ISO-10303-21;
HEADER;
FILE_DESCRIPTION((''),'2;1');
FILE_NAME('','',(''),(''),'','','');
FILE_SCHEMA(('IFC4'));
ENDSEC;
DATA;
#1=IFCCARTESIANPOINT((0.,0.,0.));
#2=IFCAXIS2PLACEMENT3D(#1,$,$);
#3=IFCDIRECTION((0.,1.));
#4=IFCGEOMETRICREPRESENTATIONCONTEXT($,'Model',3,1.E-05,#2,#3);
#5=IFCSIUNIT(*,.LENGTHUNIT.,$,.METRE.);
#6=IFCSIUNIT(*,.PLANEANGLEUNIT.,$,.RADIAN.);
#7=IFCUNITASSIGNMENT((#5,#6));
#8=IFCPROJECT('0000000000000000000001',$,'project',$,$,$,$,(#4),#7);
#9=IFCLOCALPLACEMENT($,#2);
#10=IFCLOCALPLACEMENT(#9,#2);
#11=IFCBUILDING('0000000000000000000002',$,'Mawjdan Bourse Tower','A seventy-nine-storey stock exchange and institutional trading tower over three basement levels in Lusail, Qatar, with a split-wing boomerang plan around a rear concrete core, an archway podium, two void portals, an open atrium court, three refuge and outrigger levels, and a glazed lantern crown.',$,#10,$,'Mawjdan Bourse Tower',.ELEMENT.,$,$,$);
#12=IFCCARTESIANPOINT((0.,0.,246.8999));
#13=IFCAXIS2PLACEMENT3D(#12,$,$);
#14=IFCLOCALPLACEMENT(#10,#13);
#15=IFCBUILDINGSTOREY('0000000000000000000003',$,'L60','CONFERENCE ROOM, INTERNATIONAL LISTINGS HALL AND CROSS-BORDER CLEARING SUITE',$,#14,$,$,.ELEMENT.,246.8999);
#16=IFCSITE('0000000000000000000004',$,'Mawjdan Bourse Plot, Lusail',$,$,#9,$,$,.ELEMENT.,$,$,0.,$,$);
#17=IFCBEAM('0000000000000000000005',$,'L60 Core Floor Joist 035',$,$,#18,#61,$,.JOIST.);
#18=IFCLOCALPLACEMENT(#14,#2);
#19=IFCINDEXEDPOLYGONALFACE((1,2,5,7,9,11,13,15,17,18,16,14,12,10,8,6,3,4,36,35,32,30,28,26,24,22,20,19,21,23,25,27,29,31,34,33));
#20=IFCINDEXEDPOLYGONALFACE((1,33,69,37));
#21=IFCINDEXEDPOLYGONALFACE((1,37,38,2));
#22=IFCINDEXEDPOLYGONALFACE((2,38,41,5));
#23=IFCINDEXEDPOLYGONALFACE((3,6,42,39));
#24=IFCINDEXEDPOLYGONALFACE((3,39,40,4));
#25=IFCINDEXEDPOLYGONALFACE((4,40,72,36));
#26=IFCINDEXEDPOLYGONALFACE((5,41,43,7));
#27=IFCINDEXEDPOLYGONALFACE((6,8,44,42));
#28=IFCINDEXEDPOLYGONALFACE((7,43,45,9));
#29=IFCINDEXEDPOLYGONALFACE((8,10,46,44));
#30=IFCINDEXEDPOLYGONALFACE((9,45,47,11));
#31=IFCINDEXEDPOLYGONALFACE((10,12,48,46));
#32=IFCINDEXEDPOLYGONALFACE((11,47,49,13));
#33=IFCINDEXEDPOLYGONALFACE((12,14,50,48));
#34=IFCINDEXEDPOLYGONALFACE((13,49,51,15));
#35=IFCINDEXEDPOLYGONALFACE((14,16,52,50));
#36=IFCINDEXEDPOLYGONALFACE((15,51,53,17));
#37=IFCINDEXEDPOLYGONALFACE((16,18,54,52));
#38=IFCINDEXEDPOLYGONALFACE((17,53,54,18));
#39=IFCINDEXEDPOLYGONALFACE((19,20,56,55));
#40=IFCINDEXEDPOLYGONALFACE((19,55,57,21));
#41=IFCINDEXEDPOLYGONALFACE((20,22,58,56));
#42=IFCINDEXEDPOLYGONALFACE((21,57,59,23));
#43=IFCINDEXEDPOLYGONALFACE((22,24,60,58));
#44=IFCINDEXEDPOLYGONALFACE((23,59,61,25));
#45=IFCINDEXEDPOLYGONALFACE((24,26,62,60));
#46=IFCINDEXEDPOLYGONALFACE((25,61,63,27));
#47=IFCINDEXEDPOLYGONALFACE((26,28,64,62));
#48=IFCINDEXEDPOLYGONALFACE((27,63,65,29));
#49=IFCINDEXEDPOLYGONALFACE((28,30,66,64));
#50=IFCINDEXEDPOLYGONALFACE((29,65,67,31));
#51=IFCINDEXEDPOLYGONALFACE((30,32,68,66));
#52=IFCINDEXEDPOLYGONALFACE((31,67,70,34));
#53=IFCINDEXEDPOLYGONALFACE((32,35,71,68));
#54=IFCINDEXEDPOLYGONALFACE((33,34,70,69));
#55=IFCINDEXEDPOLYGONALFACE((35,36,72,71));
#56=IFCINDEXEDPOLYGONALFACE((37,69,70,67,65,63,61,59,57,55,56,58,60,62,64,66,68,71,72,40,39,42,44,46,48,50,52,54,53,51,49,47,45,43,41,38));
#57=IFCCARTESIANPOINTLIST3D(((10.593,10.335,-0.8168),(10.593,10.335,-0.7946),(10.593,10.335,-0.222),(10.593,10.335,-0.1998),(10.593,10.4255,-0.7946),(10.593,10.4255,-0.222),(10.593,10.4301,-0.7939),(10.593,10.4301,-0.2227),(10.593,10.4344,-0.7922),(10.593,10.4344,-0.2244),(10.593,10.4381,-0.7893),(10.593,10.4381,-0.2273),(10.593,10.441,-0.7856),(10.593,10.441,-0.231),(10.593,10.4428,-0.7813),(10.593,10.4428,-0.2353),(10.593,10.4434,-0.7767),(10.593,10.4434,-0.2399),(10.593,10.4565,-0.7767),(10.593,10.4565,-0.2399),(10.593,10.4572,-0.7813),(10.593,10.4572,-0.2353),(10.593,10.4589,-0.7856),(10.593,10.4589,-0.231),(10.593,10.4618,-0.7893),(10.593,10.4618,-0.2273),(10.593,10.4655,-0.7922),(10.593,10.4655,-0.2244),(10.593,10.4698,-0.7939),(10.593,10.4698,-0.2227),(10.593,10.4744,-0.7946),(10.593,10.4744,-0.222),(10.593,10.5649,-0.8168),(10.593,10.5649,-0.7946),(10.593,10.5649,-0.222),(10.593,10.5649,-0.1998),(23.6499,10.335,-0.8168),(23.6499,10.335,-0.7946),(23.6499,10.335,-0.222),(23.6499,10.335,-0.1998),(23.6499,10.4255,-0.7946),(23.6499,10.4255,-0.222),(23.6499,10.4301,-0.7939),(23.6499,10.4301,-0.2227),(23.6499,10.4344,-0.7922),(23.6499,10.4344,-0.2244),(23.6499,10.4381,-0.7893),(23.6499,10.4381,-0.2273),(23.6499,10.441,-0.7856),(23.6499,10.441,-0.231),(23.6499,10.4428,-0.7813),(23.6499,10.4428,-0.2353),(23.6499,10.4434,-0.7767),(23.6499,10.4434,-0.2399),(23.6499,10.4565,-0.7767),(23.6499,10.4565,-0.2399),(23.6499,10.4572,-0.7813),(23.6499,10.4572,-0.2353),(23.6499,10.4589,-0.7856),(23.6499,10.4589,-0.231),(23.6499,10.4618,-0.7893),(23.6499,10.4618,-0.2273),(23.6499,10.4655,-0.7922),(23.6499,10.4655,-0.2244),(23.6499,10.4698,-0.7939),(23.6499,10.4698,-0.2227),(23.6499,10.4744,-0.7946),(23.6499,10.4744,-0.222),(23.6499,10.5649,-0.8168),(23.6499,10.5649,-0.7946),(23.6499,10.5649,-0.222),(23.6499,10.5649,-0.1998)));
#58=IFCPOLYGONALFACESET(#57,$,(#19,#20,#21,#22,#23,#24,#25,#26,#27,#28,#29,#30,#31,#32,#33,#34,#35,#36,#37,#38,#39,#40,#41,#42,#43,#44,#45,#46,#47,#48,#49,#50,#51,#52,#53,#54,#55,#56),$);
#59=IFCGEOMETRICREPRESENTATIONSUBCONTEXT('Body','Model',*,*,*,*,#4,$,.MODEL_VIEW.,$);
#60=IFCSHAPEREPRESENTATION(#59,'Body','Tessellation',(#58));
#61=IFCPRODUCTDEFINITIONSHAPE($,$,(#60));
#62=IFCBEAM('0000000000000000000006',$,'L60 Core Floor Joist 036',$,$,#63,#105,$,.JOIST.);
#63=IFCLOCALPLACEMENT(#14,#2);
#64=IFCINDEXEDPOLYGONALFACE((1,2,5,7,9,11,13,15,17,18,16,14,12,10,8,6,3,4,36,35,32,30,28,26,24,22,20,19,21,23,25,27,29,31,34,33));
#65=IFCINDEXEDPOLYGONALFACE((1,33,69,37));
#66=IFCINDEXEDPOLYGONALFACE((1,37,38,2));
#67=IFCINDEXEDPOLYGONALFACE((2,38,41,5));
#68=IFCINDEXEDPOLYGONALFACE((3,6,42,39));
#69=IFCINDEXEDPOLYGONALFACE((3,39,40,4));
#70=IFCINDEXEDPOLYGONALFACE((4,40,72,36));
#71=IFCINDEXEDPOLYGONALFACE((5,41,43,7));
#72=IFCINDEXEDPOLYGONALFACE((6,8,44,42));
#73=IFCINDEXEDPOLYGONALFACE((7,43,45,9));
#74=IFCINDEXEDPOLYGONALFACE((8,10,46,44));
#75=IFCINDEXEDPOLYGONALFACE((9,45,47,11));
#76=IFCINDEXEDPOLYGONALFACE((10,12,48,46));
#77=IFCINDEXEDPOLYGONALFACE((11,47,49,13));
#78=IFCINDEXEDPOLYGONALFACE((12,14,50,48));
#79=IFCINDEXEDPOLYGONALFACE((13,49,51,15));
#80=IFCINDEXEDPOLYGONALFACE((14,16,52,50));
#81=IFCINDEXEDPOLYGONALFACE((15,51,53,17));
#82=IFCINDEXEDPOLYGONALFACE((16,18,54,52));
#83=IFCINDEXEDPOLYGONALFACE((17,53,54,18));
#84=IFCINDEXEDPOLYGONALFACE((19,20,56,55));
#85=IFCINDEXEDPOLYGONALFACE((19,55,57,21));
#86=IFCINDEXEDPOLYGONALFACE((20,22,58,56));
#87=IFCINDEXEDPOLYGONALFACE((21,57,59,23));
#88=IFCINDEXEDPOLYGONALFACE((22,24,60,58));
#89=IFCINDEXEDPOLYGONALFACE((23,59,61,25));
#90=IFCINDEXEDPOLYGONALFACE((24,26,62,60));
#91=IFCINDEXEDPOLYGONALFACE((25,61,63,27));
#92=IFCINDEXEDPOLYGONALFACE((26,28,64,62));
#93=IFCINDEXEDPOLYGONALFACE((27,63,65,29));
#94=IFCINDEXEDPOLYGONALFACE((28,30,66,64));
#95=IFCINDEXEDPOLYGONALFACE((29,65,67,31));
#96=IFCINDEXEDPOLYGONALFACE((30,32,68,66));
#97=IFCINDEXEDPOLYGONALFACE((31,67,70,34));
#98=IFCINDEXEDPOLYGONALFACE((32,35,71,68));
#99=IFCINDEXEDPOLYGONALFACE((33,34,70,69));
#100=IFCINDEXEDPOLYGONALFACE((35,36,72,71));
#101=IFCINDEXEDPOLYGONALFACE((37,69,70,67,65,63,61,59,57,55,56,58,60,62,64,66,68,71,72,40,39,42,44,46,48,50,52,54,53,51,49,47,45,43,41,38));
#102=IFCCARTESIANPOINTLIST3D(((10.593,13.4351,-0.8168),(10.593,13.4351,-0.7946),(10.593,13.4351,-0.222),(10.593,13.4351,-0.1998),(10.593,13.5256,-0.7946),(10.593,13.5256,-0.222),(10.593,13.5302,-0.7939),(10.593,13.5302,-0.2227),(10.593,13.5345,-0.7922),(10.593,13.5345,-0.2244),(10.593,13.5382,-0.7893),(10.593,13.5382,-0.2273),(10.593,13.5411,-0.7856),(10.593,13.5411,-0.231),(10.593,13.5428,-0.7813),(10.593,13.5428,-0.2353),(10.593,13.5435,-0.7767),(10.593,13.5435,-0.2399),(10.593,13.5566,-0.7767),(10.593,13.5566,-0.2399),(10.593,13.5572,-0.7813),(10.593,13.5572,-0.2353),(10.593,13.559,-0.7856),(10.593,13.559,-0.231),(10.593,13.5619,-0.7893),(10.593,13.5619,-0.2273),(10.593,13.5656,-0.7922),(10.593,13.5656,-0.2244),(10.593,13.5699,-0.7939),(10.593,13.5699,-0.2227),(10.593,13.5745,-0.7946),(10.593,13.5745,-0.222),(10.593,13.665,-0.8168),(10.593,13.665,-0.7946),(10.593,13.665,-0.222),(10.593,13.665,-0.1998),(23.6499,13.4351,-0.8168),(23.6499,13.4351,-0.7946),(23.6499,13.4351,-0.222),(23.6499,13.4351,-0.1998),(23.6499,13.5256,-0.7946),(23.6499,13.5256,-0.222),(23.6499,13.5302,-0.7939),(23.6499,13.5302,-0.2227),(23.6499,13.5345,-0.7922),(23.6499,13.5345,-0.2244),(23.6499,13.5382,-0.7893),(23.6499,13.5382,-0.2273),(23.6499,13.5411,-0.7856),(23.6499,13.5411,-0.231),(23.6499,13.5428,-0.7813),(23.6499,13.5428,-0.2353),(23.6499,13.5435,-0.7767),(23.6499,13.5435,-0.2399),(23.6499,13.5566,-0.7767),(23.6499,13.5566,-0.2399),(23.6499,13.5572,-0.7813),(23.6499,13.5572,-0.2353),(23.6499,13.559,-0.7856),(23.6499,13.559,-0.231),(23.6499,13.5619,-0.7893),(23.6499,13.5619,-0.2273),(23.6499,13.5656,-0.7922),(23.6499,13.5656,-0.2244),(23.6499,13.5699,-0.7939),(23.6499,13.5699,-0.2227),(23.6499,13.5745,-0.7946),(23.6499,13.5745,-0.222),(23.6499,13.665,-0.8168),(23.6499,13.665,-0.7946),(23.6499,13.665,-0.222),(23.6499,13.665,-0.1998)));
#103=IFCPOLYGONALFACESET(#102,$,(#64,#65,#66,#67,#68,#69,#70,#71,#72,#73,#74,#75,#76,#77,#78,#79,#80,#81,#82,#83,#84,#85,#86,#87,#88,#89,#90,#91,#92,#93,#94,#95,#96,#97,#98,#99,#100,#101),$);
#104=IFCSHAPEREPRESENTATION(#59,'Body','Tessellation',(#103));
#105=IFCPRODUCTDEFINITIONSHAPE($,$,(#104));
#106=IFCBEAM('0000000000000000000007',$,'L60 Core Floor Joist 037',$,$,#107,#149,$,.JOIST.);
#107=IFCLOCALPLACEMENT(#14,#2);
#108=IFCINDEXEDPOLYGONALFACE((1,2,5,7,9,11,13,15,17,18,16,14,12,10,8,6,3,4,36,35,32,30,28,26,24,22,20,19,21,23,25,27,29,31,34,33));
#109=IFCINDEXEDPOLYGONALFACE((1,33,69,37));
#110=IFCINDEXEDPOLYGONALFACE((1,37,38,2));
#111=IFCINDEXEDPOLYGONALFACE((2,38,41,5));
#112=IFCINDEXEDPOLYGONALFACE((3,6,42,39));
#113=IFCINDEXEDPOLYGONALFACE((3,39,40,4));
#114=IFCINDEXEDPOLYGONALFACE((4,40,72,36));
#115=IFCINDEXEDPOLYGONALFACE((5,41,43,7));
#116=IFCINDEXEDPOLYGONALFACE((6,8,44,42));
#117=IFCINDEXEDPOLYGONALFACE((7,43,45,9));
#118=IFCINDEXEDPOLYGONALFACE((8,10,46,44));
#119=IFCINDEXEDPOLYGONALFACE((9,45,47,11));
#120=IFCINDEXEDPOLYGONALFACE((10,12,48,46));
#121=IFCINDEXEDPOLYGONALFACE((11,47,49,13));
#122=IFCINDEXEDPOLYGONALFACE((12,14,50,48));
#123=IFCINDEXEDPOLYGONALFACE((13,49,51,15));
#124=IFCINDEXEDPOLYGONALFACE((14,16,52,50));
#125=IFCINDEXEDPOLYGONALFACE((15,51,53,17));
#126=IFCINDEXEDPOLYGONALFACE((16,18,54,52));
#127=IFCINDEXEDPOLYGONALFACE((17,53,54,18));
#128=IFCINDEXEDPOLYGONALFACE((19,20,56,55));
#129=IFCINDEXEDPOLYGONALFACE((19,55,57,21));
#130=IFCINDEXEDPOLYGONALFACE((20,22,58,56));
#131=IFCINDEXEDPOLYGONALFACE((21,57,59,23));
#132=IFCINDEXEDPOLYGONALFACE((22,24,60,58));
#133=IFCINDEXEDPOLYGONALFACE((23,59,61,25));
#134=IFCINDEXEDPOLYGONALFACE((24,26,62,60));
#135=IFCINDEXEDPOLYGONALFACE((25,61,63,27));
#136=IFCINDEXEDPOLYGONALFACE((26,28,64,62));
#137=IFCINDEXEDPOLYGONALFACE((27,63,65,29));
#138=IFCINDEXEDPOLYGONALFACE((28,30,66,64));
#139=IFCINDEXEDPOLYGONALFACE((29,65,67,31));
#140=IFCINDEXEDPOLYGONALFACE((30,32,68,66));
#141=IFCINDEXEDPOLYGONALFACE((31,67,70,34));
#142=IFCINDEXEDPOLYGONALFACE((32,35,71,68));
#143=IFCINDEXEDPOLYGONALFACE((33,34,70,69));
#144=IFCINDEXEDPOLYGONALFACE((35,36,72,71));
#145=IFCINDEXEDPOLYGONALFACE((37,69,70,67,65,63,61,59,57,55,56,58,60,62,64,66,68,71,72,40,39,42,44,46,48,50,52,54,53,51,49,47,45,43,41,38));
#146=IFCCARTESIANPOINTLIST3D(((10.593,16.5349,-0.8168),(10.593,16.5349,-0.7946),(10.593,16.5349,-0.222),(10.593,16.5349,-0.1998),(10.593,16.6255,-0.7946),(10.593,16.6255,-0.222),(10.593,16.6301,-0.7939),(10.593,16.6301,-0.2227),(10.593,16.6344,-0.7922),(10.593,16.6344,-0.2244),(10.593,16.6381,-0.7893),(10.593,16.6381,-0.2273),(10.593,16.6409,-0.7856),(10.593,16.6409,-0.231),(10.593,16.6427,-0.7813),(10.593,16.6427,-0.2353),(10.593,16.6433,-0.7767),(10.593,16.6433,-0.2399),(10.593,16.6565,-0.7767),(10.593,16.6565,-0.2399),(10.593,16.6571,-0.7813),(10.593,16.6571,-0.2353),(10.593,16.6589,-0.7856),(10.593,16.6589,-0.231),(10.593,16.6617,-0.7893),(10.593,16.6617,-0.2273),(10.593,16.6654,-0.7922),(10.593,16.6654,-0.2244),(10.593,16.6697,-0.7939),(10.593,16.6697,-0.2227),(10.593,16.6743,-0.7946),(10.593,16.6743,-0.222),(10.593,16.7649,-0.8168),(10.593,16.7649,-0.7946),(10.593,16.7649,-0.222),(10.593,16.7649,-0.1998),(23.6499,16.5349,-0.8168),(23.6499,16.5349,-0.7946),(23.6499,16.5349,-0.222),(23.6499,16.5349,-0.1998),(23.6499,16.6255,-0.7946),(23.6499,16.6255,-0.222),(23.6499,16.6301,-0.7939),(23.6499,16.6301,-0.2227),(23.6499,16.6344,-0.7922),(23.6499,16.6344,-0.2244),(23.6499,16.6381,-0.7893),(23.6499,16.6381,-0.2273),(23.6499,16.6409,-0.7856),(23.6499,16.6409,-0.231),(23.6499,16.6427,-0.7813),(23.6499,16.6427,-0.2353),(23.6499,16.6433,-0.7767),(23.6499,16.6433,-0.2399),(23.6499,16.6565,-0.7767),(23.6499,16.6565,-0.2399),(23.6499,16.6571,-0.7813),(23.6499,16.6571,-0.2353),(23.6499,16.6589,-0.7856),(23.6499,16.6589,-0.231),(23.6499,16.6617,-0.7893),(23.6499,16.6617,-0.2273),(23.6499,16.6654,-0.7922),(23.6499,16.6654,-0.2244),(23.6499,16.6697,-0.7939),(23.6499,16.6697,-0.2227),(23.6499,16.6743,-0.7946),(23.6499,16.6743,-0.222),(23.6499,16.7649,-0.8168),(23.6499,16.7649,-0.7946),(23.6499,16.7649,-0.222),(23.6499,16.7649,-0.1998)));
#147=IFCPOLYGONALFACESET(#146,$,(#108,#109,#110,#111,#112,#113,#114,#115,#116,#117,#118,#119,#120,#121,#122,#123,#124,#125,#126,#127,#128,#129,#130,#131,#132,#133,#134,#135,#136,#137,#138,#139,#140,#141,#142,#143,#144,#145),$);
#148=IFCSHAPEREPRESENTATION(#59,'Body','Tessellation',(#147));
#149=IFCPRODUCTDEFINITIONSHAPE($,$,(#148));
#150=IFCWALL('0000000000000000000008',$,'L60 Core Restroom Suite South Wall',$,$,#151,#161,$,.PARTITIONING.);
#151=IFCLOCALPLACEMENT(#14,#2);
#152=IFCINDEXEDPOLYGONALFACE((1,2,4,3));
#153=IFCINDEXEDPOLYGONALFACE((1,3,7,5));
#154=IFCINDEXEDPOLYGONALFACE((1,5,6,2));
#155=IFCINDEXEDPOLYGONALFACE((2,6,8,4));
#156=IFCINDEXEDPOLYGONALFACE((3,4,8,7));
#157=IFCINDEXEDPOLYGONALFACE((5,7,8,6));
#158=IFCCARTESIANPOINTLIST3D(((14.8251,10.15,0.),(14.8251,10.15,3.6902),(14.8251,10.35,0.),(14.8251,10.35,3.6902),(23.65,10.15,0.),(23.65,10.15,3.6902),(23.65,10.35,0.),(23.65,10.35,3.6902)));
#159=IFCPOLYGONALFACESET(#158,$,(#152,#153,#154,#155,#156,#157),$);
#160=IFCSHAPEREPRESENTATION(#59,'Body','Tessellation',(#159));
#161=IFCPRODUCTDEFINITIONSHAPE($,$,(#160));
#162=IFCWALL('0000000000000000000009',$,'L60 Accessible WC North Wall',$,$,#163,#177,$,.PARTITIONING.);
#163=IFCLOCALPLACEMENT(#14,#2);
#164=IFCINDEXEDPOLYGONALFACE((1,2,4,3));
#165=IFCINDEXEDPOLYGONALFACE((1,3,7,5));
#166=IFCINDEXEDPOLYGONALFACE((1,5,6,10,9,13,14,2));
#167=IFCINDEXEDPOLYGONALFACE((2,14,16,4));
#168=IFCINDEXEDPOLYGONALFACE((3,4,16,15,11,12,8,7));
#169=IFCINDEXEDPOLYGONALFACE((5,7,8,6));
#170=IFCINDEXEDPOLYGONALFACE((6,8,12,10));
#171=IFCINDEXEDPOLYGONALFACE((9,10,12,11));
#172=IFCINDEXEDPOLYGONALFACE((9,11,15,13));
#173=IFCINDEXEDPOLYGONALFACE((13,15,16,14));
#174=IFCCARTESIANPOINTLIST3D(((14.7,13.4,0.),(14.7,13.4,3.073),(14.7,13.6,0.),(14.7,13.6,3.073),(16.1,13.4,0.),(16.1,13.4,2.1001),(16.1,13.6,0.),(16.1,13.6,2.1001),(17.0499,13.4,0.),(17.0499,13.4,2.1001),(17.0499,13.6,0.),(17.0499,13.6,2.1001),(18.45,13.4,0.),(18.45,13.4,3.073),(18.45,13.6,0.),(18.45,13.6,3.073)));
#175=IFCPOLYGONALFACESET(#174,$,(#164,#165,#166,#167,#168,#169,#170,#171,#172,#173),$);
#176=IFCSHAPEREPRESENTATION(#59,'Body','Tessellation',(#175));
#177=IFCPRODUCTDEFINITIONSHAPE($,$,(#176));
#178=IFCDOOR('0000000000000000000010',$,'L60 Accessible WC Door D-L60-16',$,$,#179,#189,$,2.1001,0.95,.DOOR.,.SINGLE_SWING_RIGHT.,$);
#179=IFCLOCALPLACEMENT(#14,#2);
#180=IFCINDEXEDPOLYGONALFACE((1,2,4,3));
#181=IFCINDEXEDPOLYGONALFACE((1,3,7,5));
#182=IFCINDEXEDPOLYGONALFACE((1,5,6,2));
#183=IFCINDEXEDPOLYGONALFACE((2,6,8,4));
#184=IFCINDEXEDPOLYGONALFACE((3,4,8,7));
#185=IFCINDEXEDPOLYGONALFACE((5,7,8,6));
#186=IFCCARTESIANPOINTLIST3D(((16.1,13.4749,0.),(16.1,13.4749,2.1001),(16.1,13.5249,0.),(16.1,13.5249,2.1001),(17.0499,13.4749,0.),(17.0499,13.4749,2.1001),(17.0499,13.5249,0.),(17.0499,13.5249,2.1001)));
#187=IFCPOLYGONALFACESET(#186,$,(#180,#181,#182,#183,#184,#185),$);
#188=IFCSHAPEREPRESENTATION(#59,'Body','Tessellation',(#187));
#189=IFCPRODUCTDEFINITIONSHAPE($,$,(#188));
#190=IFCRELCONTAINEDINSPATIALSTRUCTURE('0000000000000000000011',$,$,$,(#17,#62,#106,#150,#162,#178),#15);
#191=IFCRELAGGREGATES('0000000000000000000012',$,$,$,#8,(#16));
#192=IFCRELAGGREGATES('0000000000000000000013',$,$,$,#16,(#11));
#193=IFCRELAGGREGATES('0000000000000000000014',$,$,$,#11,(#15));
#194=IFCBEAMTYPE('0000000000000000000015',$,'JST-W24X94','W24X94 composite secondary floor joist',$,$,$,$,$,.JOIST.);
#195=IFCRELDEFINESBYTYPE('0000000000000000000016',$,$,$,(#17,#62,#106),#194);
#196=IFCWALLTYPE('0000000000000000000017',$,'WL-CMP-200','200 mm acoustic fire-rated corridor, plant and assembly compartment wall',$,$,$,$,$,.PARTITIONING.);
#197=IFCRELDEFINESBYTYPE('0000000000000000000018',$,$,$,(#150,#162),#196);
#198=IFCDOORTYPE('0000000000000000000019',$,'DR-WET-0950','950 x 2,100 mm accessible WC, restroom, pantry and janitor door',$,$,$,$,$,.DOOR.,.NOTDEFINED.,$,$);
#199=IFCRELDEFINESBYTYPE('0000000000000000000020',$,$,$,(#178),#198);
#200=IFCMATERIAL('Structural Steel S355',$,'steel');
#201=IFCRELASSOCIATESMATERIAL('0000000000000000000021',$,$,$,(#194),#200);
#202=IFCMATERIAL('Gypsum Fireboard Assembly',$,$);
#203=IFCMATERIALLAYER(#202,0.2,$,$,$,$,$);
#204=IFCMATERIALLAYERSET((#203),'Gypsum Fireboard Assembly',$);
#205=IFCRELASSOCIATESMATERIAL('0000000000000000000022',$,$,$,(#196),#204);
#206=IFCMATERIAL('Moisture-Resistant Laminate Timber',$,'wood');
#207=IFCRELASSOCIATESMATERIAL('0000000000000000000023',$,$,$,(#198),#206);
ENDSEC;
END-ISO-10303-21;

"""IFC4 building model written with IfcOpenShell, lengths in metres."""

from ifc_helpers import new_model, si_unit, direction, frame, frame_2d, origin, origin_2d, place, context, subcontext, project, spatial, rectangle, i_section, extrude, material, layer, layer_set, material_profile, profile_set, type_object, element, fill, save


model = new_model("IFC4")

# Units and contexts
model_context = context("Model", 3, precision=1e-05, world=origin(), true_north=direction((0.0, 1.0)))
body_context = subcontext(model_context, "Body", "Model", "MODEL_VIEW")
ifc_project = project(units=[si_unit("LENGTHUNIT", "METRE"), si_unit("PLANEANGLEUNIT", "RADIAN")], contexts=[model_context])

# Site, building, storey
site_placement = place(None, origin())
site = spatial("IfcSite", under=ifc_project, at=site_placement, Name="Mawjdan Bourse Plot, Lusail", CompositionType="ELEMENT", RefElevation=0.0)
building_placement = place(site_placement, origin())
building = spatial("IfcBuilding", under=site, at=building_placement, Name="Mawjdan Bourse Tower", Description="A seventy-nine-storey stock exchange and institutional trading tower over three basement levels in Lusail, Qatar, with a split-wing boomerang plan around a rear concrete core, an archway podium, two void portals, an open atrium court, three refuge and outrigger levels, and a glazed lantern crown.", LongName="Mawjdan Bourse Tower", CompositionType="ELEMENT")
storey_placement = place(building_placement, frame((0.0, 0.0, 246.8999)))
storey = spatial("IfcBuildingStorey", under=building, at=storey_placement, Name="L60", Description="CONFERENCE ROOM, INTERNATIONAL LISTINGS HALL AND CROSS-BORDER CLEARING SUITE", CompositionType="ELEMENT", Elevation=246.8999)

# Beams
ifc_material_1 = material(Name="Structural Steel S355", Category="steel")
ifc_material_profile = material_profile(ifc_material_1, i_section(OverallWidth=0.23, OverallDepth=0.6169, WebThickness=0.0132, FlangeThickness=0.0222, FilletRadius=0.0178, at=origin_2d()), Name="W24X94")
ifc_profile_set = profile_set([ifc_material_profile], Name="Structural Steel S355")
beam_type = type_object("IfcBeamType", Name="JST-W24X94", Description="W24X94 composite secondary floor joist", PredefinedType="JOIST", material=ifc_profile_set)
for number, where, z_axis, x_axis, name in (
    (1, (10.593, 10.45, -0.5083), (1.0, 0.0, 0.0), (0.0, 1.0, 0.0), "L60 Core Floor Joist 035"),
    (2, (10.593, 13.55, -0.5083), (1.0, 0.0, 0.0), (0.0, 1.0, 0.0), "L60 Core Floor Joist 036"),
    (3, (10.593, 16.6499, -0.5083), (1.0, 0.0, 0.0), (0.0, 1.0, 0.0), "L60 Core Floor Joist 037"),
):
    element("IfcBeam", number, at=place(storey_placement, frame(where, z_axis=z_axis, x_axis=x_axis)), inside=storey, type_object=beam_type, Name=name, PredefinedType="JOIST", context=body_context, shape_type="SweptSolid", body=[
        extrude(i_section(OverallWidth=0.23, OverallDepth=0.6169, WebThickness=0.0132, FlangeThickness=0.0222, FilletRadius=0.0178, at=origin_2d()), origin(), (0.0, 0.0, 1.0), 13.0569),
    ])

# Shared definitions
ifc_material_2 = material(Name="Gypsum Fireboard Assembly")
ifc_layer_1 = layer(ifc_material_2, 0.2)
ifc_layer_set_1 = layer_set([ifc_layer_1], Name="Gypsum Fireboard Assembly")
wall_type_1 = type_object("IfcWallType", Name="WL-CMP-200", Description="200 mm acoustic fire-rated corridor, plant and assembly compartment wall", PredefinedType="PARTITIONING", material=ifc_layer_set_1)

# Wall
wall_1_placement = place(storey_placement, frame((14.825, 10.25, 0.0), z_axis=(0.0, 0.0, 1.0), x_axis=(1.0, 0.0, 0.0)))
element("IfcWall", 4, at=wall_1_placement, inside=storey, type_object=wall_type_1, Name="L60 Core Restroom Suite South Wall", PredefinedType="PARTITIONING", context=body_context, shape_type="SweptSolid", body=[
    extrude(rectangle(XDim=8.825, YDim=0.2, at=frame_2d((4.4126, 0.0))), origin(), (0.0, 0.0, 1.0), 3.6902),
])

# Wall, opening, door
wall_2_placement = place(storey_placement, frame((14.7, 13.5, 0.0), z_axis=(0.0, 0.0, 1.0), x_axis=(1.0, 0.0, 0.0)))
wall_2 = element("IfcWall", 5, at=wall_2_placement, inside=storey, type_object=wall_type_1, Name="L60 Accessible WC North Wall", PredefinedType="PARTITIONING", context=body_context, shape_type="SweptSolid", body=[
    extrude(rectangle(XDim=3.75, YDim=0.2, at=frame_2d((1.875, 0.0))), origin(), (0.0, 0.0, 1.0), 3.073),
])
opening_1_placement = place(wall_2_placement, frame((1.3999, 0.0, 0.0)))
opening_1 = element("IfcOpeningElement", 6, at=opening_1_placement, cuts=wall_2, PredefinedType="OPENING", context=body_context, shape_type="SweptSolid", body=[
    extrude(rectangle(XDim=0.95, YDim=2.1001, at=frame_2d((0.4751, 1.05))), frame((0.0, 0.1099, 0.0), z_axis=(0.0, -1.0, 0.0), x_axis=(1.0, 0.0, 0.0)), (0.0, 0.0, 1.0), 0.22),
])
ifc_material_3 = material(Name="Moisture-Resistant Laminate Timber", Category="wood")
door_type_1 = type_object("IfcDoorType", Name="DR-WET-0950", Description="950 x 2,100 mm accessible WC, restroom, pantry and janitor door", OperationType="NOTDEFINED", PredefinedType="DOOR", material=ifc_material_3)
door_1_placement = place(opening_1_placement, origin())
door_1 = element("IfcDoor", 7, at=door_1_placement, inside=storey, type_object=door_type_1, Name="L60 Accessible WC Door D-L60-16", OperationType="SINGLE_SWING_RIGHT", OverallHeight=2.1001, OverallWidth=0.95, PredefinedType="DOOR", context=body_context, shape_type="SweptSolid", body=[
    extrude(rectangle(XDim=0.95, YDim=2.1001, at=frame_2d((0.4751, 1.05))), frame((0.0, 0.0249, 0.0), z_axis=(0.0, -1.0, 0.0), x_axis=(1.0, 0.0, 0.0)), (0.0, 0.0, 1.0), 0.05),
])
fill(opening_1, door_1)

save(model, "model.ifc")
